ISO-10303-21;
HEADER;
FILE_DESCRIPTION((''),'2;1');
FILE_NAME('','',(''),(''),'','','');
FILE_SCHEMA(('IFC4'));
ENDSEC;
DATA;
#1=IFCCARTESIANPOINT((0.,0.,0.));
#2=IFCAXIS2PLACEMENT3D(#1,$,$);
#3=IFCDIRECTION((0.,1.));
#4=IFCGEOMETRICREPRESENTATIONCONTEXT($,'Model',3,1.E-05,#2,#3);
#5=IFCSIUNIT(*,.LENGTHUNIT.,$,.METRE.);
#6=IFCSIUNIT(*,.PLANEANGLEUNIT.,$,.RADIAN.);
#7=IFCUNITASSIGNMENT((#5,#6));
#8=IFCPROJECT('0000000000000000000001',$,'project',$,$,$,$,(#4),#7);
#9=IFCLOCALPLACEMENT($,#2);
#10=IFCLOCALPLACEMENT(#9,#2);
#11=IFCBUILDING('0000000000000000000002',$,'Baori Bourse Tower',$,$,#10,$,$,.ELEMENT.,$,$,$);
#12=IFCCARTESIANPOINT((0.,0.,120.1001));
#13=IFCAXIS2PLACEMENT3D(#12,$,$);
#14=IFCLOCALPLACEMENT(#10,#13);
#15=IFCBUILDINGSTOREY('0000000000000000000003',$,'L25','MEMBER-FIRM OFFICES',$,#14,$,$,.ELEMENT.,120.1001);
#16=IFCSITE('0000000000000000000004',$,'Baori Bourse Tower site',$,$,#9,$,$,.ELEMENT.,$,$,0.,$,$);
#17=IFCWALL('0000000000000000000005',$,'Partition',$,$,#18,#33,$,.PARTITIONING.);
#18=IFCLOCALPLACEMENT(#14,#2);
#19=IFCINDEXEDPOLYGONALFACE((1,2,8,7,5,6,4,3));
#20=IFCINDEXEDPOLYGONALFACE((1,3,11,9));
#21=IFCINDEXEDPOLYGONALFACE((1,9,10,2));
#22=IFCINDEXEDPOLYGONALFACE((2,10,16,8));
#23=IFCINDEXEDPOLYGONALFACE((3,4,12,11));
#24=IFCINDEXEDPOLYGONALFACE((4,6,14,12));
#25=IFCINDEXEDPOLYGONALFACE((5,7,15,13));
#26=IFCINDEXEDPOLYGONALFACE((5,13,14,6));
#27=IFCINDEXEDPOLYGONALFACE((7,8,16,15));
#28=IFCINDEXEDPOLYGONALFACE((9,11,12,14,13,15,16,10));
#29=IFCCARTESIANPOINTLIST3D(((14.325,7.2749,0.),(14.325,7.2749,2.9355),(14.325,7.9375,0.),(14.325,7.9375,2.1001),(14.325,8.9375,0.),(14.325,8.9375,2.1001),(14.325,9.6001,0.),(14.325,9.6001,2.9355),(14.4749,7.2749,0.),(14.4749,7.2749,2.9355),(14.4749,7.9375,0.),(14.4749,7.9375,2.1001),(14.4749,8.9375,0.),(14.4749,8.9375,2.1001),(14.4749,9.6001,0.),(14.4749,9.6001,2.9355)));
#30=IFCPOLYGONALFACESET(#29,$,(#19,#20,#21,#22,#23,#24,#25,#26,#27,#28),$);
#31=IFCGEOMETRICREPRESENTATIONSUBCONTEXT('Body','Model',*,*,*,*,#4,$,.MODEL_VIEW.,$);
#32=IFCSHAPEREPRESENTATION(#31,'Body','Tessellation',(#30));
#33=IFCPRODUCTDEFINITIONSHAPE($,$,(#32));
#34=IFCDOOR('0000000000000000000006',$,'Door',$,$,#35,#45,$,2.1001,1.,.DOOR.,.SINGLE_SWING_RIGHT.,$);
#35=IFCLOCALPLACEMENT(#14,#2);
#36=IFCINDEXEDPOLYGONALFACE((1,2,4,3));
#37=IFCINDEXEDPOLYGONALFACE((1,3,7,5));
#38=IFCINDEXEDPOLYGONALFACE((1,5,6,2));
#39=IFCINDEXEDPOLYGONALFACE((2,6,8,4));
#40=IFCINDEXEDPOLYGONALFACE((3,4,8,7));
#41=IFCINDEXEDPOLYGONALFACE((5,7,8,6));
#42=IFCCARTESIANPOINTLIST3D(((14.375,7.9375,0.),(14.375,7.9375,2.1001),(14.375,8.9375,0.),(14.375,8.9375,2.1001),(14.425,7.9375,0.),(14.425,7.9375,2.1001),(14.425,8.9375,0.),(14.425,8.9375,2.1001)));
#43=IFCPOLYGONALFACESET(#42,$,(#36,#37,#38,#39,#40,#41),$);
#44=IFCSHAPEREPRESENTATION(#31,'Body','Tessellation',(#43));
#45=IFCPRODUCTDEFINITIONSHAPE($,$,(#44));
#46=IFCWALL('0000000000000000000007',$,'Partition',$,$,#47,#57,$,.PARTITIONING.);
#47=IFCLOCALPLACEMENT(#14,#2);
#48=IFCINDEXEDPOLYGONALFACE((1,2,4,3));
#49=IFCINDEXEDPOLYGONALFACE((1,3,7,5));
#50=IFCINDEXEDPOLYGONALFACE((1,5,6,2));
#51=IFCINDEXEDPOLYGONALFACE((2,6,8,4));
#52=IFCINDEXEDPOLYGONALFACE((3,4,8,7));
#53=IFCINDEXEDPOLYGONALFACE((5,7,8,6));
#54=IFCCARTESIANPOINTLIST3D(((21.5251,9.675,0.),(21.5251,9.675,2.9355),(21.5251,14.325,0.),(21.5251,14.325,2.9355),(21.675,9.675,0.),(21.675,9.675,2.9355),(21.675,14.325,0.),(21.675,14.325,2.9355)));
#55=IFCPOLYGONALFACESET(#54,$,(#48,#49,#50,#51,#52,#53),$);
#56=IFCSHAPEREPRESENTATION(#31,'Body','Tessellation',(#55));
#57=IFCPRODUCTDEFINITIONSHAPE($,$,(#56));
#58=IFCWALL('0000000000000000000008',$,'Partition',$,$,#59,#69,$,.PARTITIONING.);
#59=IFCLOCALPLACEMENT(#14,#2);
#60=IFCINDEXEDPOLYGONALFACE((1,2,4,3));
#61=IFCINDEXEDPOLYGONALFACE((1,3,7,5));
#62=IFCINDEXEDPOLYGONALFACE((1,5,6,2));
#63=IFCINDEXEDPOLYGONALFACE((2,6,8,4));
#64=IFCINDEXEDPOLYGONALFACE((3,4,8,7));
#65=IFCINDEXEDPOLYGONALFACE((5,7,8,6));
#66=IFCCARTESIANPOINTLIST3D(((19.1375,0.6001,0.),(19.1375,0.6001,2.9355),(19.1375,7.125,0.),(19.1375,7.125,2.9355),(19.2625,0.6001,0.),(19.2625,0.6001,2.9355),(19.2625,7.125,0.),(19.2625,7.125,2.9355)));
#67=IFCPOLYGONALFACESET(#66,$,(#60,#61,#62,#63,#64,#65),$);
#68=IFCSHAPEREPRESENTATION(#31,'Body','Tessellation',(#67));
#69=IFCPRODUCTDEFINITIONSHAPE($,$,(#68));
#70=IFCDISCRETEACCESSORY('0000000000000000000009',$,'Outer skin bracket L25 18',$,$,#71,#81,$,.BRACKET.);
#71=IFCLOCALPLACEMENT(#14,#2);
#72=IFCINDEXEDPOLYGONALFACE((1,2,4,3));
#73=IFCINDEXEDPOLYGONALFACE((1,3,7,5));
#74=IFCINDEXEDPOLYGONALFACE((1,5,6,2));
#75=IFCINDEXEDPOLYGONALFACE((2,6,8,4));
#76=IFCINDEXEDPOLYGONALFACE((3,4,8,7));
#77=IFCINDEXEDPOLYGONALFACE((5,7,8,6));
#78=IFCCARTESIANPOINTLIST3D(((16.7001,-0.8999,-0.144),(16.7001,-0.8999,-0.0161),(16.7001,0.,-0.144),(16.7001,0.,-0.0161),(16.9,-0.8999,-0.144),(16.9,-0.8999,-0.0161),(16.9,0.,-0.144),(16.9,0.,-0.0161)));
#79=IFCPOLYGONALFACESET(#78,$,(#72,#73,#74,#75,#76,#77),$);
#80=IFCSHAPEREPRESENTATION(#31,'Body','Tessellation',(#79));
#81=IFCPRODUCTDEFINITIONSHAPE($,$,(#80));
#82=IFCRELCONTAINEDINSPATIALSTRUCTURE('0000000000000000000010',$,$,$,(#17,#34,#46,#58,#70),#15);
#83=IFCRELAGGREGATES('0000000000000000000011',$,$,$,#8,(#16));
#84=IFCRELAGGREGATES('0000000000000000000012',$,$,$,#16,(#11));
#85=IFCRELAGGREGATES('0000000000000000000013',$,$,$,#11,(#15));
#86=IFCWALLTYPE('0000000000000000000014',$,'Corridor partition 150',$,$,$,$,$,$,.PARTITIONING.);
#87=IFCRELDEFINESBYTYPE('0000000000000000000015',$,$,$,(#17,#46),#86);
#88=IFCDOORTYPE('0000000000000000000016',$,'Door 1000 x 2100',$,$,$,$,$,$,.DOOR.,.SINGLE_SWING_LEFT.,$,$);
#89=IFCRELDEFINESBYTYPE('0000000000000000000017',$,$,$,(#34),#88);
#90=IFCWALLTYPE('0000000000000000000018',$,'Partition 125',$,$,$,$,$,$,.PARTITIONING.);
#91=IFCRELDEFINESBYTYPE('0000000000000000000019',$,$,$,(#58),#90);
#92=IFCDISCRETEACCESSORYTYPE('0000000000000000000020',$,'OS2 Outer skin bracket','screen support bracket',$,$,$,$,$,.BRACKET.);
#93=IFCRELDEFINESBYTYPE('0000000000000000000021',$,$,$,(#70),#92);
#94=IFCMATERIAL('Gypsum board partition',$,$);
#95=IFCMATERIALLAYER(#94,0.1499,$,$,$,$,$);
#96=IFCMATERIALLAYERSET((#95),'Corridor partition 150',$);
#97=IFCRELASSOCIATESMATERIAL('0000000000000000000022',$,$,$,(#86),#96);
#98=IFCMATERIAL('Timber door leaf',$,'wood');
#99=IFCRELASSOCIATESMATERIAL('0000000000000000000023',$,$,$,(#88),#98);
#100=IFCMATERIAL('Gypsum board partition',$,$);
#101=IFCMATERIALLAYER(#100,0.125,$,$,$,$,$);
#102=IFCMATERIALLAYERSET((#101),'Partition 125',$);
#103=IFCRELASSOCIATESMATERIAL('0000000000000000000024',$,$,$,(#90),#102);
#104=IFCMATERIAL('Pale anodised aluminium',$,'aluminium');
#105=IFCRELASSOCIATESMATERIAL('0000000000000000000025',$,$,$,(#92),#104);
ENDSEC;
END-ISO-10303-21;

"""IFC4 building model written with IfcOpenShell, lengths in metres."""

from ifc_helpers import new_model, si_unit, direction, frame, frame_2d, origin, origin_2d, place, context, subcontext, project, spatial, rectangle, extrude, material, layer, layer_set, type_object, element, fill, save


model = new_model("IFC4")

# Units and contexts
model_context = context("Model", 3, precision=1e-05, world=origin(), true_north=direction((0.0, 1.0)))
body_context = subcontext(model_context, "Body", "Model", "MODEL_VIEW")
ifc_project = project(units=[si_unit("LENGTHUNIT", "METRE"), si_unit("PLANEANGLEUNIT", "RADIAN")], contexts=[model_context])

# Site, building, storey
site_placement = place(None, origin())
site = spatial("IfcSite", under=ifc_project, at=site_placement, Name="Baori Bourse Tower site", CompositionType="ELEMENT", RefElevation=0.0)
building_placement = place(site_placement, origin())
building = spatial("IfcBuilding", under=site, at=building_placement, Name="Baori Bourse Tower", CompositionType="ELEMENT")
storey_placement = place(building_placement, frame((0.0, 0.0, 120.1001)))
storey = spatial("IfcBuildingStorey", under=building, at=storey_placement, Name="L25", Description="MEMBER-FIRM OFFICES", CompositionType="ELEMENT", Elevation=120.1001)

# Shared definitions
ifc_material_1 = material(Name="Gypsum board partition")
ifc_layer_1 = layer(ifc_material_1, 0.1499)
ifc_layer_set_1 = layer_set([ifc_layer_1], Name="Corridor partition 150")
wall_type_1 = type_object("IfcWallType", Name="Corridor partition 150", PredefinedType="PARTITIONING", material=ifc_layer_set_1)
ifc_material_2 = material(Name="Timber door leaf", Category="wood")
door_type_1 = type_object("IfcDoorType", Name="Door 1000 x 2100", OperationType="SINGLE_SWING_LEFT", PredefinedType="DOOR", material=ifc_material_2)

# Wall, opening, door
wall_1_placement = place(storey_placement, frame((14.3999, 7.2749, 0.0), z_axis=(0.0, 0.0, 1.0), x_axis=(0.0, 1.0, 0.0)))
wall_1 = element("IfcWall", 1, at=wall_1_placement, inside=storey, type_object=wall_type_1, Name="Partition", PredefinedType="PARTITIONING", context=body_context, shape_type="SweptSolid", body=[
    extrude(rectangle(XDim=2.3252, YDim=0.1499, at=frame_2d((1.1626, 0.0))), origin(), (0.0, 0.0, 1.0), 2.9355),
])
opening_1_placement = place(wall_1_placement, frame((0.6626, 0.0, 0.0)))
opening_1 = element("IfcOpeningElement", 2, at=opening_1_placement, cuts=wall_1, PredefinedType="OPENING", context=body_context, shape_type="SweptSolid", body=[
    extrude(rectangle(XDim=1.0, YDim=2.1001, at=frame_2d((0.5, 1.05))), frame((0.0, 0.085, 0.0), z_axis=(0.0, -1.0, 0.0), x_axis=(1.0, 0.0, 0.0)), (0.0, 0.0, 1.0), 0.1699),
])
door_1_placement = place(opening_1_placement, origin())
door_1 = element("IfcDoor", 3, at=door_1_placement, inside=storey, type_object=door_type_1, Name="Door", OperationType="SINGLE_SWING_RIGHT", OverallHeight=2.1001, OverallWidth=1.0, PredefinedType="DOOR", context=body_context, shape_type="SweptSolid", body=[
    extrude(rectangle(XDim=1.0, YDim=2.1001, at=frame_2d((0.5, 1.05))), frame((0.0, 0.0249, 0.0), z_axis=(0.0, -1.0, 0.0), x_axis=(1.0, 0.0, 0.0)), (0.0, 0.0, 1.0), 0.05),
])
fill(opening_1, door_1)

# Walls
wall_2_placement = place(storey_placement, frame((21.6001, 9.675, 0.0), z_axis=(0.0, 0.0, 1.0), x_axis=(0.0, 1.0, 0.0)))
element("IfcWall", 4, at=wall_2_placement, inside=storey, type_object=wall_type_1, Name="Partition", PredefinedType="PARTITIONING", context=body_context, shape_type="SweptSolid", body=[
    extrude(rectangle(XDim=4.6499, YDim=0.1499, at=frame_2d((2.325, 0.0))), origin(), (0.0, 0.0, 1.0), 2.9355),
])
ifc_material_3 = material(Name="Gypsum board partition")
ifc_layer_2 = layer(ifc_material_3, 0.125)
ifc_layer_set_2 = layer_set([ifc_layer_2], Name="Partition 125")
wall_type_2 = type_object("IfcWallType", Name="Partition 125", PredefinedType="PARTITIONING", material=ifc_layer_set_2)
wall_3_placement = place(storey_placement, frame((19.2, 0.6001, 0.0), z_axis=(0.0, 0.0, 1.0), x_axis=(0.0, 1.0, 0.0)))
element("IfcWall", 5, at=wall_3_placement, inside=storey, type_object=wall_type_2, Name="Partition", PredefinedType="PARTITIONING", context=body_context, shape_type="SweptSolid", body=[
    extrude(rectangle(XDim=6.5249, YDim=0.125, at=frame_2d((3.2625, 0.0))), origin(), (0.0, 0.0, 1.0), 2.9355),
])

# Discrete accessory
ifc_material_4 = material(Name="Pale anodised aluminium", Category="aluminium")
discrete_accessory_type = type_object("IfcDiscreteAccessoryType", Name="OS2 Outer skin bracket", Description="screen support bracket", PredefinedType="BRACKET", material=ifc_material_4)
discrete_accessory_placement = place(storey_placement, frame((16.8, -0.45, -0.144), z_axis=(0.0, 0.0, 1.0), x_axis=(1.0, 0.0, 0.0)))
element("IfcDiscreteAccessory", 6, at=discrete_accessory_placement, inside=storey, type_object=discrete_accessory_type, Name="Outer skin bracket L25 18", PredefinedType="BRACKET", context=body_context, shape_type="SweptSolid", body=[
    extrude(rectangle(XDim=0.2, YDim=0.8999, at=origin_2d()), origin(), (0.0, 0.0, 1.0), 0.1279),
])

save(model, "model.ifc")
